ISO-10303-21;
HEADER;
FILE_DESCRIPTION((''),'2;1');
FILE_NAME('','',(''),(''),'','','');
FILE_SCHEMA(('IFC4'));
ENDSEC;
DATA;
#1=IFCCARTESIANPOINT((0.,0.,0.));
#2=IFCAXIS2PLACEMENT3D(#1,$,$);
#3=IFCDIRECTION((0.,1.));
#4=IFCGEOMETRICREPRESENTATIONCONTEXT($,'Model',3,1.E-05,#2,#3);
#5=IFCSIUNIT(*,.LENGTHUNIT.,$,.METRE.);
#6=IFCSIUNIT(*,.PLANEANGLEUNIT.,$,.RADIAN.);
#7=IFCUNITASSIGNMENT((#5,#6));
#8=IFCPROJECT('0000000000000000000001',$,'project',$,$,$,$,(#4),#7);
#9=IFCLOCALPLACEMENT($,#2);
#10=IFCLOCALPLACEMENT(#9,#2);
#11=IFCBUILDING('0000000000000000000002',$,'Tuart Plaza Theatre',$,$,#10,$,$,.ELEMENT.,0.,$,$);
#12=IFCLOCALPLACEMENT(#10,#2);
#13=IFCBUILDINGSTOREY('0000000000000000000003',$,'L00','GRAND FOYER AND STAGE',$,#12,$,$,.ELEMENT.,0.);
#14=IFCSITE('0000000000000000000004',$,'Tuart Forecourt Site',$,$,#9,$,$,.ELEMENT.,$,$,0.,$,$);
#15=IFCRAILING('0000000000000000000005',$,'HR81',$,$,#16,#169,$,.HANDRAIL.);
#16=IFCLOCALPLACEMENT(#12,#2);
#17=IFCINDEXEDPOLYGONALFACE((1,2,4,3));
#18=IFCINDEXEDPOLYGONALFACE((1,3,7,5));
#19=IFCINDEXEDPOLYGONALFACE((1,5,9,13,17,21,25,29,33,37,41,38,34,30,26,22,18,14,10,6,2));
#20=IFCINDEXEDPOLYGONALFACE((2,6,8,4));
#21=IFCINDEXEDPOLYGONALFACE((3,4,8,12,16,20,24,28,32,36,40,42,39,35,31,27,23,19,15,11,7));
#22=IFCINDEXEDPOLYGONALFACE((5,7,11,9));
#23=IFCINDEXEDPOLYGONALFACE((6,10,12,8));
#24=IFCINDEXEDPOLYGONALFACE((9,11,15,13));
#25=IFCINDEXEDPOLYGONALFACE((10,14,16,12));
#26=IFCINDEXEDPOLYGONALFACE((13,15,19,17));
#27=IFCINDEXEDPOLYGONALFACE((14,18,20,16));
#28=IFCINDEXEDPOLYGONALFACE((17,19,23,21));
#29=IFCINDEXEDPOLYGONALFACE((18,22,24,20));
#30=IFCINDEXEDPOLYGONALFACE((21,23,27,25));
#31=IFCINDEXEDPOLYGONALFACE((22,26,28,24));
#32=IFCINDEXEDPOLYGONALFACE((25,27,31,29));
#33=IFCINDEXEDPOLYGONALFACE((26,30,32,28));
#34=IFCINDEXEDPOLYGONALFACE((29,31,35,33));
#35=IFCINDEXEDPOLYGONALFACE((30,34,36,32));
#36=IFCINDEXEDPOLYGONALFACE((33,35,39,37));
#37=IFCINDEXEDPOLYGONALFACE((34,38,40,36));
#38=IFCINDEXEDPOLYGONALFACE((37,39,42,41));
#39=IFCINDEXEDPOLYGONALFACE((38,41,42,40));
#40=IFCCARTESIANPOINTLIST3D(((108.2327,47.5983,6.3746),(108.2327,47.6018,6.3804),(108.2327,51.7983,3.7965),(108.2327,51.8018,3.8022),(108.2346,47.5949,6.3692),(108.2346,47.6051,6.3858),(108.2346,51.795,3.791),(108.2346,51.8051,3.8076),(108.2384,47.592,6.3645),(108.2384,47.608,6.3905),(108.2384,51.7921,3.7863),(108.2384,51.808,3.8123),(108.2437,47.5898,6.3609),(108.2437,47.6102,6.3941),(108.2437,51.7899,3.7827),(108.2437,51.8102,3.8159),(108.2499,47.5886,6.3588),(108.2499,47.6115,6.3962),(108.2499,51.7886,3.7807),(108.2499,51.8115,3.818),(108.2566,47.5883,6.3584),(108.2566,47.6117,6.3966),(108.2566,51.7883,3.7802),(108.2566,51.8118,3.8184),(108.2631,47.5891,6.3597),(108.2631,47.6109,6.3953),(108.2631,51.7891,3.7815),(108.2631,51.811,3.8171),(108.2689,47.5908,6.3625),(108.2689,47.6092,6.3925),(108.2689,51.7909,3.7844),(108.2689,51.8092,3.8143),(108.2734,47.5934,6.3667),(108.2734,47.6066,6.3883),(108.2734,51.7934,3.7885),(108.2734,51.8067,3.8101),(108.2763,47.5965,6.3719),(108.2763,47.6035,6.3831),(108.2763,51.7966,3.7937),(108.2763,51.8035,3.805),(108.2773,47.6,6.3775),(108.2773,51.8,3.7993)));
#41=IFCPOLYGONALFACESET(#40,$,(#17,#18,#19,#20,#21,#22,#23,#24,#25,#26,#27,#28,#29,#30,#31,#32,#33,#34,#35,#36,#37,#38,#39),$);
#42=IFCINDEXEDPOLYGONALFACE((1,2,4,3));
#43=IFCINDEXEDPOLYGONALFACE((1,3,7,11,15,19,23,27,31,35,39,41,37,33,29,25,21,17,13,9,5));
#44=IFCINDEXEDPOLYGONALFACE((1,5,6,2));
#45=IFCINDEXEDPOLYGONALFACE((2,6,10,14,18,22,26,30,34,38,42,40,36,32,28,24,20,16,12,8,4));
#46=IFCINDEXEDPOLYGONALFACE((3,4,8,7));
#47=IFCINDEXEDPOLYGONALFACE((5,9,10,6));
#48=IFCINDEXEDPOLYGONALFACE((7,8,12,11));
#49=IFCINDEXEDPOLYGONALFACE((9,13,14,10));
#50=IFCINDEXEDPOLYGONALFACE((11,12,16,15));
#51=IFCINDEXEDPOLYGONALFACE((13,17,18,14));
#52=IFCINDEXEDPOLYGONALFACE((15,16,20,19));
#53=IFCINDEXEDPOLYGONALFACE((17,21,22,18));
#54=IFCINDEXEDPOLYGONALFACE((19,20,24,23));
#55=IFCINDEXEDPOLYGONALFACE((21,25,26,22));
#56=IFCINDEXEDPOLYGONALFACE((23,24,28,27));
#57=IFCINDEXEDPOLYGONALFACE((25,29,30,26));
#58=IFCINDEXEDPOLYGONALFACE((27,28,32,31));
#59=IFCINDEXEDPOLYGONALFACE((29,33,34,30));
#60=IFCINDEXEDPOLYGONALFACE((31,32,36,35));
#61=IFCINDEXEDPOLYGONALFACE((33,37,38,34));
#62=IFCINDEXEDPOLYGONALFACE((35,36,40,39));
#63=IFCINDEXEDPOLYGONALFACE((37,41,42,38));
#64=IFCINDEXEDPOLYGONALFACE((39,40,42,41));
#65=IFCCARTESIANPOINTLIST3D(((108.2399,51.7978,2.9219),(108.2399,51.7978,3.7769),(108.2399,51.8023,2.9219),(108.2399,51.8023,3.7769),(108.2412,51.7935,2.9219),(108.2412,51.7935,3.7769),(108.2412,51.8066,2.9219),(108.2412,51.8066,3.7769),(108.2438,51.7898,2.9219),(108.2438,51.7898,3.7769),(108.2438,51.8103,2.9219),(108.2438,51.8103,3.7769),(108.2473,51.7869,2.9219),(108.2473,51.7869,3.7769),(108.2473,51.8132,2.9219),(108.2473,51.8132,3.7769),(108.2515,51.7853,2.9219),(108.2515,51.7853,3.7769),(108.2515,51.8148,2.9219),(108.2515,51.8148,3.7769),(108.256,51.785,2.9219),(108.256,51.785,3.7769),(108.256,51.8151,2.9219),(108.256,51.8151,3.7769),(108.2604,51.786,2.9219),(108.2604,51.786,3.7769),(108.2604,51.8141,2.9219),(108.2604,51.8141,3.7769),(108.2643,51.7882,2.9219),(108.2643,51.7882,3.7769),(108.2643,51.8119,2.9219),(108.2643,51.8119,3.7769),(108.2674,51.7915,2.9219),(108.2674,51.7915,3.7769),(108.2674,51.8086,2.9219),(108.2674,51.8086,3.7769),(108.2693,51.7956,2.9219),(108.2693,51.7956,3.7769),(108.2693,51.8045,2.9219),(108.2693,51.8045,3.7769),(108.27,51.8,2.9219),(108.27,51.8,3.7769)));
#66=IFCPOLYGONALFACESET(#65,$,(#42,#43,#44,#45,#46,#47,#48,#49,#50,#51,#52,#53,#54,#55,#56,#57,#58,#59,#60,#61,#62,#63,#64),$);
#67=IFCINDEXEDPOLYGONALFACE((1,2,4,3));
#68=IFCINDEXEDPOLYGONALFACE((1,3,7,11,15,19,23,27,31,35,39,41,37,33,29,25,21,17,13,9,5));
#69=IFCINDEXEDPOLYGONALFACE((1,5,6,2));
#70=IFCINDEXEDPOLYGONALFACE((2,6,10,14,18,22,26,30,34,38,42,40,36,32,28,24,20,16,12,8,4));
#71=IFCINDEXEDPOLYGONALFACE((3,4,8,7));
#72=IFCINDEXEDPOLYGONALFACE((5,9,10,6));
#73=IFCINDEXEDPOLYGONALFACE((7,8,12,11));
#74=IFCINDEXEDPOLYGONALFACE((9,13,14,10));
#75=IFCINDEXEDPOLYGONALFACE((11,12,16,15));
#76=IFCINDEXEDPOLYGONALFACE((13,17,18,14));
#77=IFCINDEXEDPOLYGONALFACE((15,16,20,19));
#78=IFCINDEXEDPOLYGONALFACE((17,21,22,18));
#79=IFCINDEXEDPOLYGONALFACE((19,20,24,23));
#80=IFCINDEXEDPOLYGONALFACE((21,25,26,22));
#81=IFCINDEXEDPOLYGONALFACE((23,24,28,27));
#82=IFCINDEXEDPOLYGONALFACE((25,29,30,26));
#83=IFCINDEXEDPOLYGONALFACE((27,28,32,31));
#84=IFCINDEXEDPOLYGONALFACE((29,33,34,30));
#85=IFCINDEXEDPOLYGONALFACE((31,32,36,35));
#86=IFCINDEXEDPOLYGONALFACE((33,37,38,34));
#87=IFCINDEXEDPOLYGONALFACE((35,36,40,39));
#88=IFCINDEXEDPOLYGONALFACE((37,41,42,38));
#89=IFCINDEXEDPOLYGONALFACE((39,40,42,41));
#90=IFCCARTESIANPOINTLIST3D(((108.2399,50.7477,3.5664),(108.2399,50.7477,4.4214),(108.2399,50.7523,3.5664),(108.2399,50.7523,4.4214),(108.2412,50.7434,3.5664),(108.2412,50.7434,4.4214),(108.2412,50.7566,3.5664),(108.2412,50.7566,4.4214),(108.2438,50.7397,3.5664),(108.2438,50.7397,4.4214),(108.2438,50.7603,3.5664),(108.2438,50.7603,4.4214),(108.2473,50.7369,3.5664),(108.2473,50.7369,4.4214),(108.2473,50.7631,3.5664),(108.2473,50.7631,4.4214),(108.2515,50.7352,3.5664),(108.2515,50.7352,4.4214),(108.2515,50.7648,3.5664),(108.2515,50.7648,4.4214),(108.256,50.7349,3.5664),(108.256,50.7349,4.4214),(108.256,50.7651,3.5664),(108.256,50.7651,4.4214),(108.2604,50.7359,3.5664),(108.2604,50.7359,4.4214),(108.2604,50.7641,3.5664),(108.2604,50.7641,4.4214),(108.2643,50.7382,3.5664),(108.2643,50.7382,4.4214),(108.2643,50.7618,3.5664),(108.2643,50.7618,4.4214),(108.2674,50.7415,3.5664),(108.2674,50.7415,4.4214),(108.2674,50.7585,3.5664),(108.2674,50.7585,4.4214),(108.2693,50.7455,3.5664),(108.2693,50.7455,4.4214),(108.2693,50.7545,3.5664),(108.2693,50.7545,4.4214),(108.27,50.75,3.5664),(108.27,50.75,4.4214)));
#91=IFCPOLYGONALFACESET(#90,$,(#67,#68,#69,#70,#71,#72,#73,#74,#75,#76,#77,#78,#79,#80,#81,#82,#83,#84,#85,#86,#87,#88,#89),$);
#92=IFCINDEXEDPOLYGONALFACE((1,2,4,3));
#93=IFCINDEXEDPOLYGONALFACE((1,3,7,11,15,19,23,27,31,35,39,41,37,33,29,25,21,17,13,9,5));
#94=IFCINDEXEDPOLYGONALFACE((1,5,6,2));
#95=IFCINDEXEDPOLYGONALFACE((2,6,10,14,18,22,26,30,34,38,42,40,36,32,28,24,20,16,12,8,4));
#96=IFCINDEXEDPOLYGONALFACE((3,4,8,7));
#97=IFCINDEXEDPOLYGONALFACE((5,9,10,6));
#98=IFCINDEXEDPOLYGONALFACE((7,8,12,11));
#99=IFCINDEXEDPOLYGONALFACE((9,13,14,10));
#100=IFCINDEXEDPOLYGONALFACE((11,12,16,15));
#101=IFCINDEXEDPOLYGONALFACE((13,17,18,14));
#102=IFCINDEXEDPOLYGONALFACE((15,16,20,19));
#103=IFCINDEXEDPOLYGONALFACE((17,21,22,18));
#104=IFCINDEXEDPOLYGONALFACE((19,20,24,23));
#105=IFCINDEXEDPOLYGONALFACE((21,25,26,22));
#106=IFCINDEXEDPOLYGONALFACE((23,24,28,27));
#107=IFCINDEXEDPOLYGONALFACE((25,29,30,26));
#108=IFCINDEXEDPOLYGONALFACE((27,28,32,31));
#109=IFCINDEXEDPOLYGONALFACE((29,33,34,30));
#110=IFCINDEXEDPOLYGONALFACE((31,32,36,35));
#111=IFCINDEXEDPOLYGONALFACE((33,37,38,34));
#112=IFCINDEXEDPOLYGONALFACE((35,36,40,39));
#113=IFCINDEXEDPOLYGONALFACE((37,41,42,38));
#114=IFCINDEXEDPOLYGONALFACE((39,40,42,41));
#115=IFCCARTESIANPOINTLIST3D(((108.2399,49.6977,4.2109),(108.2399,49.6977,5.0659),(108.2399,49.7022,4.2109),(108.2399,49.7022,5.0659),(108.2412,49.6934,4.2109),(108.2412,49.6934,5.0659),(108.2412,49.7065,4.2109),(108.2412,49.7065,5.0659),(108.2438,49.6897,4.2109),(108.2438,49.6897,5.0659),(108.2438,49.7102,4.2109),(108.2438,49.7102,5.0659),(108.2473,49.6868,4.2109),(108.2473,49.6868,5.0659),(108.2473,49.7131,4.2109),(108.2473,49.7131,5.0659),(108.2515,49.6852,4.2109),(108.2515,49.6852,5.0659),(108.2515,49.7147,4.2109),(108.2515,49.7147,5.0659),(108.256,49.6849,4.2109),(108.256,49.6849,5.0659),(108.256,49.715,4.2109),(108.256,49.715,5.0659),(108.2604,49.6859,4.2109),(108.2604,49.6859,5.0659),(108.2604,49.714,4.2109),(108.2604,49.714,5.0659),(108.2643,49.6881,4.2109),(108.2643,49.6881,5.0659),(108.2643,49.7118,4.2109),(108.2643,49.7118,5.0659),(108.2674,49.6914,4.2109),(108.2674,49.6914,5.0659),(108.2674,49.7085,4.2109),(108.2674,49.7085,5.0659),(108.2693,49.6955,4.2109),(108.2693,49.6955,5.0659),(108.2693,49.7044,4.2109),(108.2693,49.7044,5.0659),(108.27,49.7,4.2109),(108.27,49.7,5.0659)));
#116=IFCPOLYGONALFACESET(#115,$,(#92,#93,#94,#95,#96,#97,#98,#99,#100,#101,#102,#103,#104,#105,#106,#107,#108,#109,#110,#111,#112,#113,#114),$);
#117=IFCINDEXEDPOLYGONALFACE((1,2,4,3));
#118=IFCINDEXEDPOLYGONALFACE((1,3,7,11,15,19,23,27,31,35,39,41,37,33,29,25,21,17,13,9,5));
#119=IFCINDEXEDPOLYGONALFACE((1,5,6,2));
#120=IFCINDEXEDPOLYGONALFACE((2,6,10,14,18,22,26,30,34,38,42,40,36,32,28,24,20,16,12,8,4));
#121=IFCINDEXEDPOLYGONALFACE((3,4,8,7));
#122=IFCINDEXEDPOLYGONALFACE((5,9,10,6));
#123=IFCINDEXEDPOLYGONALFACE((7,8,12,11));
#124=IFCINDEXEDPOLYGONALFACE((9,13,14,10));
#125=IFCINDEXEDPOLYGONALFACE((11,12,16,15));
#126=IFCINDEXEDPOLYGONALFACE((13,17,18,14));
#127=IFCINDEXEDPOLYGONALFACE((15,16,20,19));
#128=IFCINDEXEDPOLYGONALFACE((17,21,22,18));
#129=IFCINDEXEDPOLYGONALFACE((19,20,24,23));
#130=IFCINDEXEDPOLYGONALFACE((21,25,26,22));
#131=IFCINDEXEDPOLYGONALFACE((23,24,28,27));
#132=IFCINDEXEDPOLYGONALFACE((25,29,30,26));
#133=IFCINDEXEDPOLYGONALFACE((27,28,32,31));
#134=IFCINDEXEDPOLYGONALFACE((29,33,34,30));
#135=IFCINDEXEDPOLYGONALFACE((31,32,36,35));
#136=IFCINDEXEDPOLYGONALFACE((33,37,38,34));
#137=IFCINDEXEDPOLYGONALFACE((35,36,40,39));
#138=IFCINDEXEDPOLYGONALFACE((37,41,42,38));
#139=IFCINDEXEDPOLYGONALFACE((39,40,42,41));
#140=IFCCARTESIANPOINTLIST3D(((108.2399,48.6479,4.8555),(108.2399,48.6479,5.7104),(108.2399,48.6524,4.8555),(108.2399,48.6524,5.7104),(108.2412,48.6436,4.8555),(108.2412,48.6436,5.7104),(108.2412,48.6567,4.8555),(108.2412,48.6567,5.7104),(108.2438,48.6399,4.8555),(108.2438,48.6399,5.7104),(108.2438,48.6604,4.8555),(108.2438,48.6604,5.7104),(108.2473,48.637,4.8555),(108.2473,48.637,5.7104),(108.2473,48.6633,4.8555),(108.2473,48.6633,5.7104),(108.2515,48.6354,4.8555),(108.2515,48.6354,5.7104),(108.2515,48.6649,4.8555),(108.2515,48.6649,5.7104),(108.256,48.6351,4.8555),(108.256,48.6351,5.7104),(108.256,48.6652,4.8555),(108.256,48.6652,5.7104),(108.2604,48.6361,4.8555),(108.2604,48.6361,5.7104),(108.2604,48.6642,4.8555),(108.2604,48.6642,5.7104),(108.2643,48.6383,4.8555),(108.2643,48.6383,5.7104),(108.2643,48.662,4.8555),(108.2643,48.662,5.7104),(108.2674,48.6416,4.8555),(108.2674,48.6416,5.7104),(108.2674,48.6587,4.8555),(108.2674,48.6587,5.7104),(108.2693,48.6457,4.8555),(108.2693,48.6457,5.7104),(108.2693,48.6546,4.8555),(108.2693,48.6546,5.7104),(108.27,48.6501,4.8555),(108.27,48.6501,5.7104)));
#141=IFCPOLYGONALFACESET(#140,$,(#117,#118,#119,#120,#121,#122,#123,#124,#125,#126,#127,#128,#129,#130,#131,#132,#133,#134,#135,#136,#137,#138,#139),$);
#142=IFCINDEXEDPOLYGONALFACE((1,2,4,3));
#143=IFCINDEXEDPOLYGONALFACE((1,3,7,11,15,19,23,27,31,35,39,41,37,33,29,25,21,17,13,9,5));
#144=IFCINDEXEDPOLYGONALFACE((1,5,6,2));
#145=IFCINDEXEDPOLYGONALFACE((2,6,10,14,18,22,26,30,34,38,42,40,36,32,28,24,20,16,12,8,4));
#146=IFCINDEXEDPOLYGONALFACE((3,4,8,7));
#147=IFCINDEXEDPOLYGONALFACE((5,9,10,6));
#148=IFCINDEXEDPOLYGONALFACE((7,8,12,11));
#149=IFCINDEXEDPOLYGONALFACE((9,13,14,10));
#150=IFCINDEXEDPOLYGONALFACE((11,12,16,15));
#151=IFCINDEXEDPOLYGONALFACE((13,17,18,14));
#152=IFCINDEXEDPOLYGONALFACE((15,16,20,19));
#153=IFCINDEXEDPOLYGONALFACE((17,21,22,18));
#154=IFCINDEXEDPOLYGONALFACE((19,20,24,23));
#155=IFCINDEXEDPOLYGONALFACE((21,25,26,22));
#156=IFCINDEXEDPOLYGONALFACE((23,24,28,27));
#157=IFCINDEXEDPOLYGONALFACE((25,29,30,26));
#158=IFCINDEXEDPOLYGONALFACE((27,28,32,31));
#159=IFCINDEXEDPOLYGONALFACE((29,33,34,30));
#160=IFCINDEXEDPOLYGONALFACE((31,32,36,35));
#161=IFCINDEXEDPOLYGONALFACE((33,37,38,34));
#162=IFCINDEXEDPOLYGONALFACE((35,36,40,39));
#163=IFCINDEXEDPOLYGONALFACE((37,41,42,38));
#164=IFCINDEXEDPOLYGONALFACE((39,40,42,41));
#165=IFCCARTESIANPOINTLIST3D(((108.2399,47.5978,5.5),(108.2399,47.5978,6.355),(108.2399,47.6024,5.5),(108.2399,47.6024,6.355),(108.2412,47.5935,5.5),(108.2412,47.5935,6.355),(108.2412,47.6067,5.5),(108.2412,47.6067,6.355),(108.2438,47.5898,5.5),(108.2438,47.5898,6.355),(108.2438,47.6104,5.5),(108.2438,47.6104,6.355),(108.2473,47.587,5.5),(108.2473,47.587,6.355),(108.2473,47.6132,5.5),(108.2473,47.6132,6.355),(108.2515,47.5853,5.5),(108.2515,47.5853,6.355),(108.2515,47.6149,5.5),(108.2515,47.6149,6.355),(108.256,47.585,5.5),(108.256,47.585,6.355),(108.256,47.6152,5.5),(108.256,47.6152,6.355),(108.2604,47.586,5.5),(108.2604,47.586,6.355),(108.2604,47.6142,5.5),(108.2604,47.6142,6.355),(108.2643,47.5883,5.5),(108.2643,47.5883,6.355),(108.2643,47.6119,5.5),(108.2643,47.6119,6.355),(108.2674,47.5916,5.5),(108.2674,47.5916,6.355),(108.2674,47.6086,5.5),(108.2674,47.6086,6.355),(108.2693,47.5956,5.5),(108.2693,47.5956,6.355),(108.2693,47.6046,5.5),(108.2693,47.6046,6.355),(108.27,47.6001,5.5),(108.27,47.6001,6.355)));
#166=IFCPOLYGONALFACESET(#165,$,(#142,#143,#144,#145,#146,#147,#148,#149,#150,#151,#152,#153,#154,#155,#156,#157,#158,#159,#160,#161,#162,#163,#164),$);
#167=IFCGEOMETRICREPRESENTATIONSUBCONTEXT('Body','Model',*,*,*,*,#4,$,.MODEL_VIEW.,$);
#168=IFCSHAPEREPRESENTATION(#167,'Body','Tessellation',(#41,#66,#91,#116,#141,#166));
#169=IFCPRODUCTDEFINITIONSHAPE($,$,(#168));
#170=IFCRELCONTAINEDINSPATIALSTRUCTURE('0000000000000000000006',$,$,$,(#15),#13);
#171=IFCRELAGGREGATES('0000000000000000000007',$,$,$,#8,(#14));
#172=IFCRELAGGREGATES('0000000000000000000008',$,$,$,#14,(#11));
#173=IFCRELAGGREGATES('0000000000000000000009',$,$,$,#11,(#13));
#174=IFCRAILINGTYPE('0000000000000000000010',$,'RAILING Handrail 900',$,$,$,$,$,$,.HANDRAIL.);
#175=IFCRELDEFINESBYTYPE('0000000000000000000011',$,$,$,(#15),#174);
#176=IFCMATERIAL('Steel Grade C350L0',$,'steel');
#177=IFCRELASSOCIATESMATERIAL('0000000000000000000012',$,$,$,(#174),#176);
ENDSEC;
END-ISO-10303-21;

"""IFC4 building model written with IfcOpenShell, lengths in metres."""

from ifc_helpers import new_model, si_unit, direction, frame, origin, origin_2d, place, context, subcontext, project, spatial, circle, extrude, material, type_object, element, save


model = new_model("IFC4")

# Units and contexts
model_context = context("Model", 3, precision=1e-05, world=origin(), true_north=direction((0.0, 1.0)))
body_context = subcontext(model_context, "Body", "Model", "MODEL_VIEW")
ifc_project = project(units=[si_unit("LENGTHUNIT", "METRE"), si_unit("PLANEANGLEUNIT", "RADIAN")], contexts=[model_context])

# Site, building, storey
site_placement = place(None, origin())
site = spatial("IfcSite", under=ifc_project, at=site_placement, Name="Tuart Forecourt Site", CompositionType="ELEMENT", RefElevation=0.0)
building_placement = place(site_placement, origin())
building = spatial("IfcBuilding", under=site, at=building_placement, Name="Tuart Plaza Theatre", CompositionType="ELEMENT", ElevationOfRefHeight=0.0)
storey_placement = place(building_placement, origin())
storey = spatial("IfcBuildingStorey", under=building, at=storey_placement, Name="L00", Description="GRAND FOYER AND STAGE", CompositionType="ELEMENT", Elevation=0.0)

# Railing
ifc_material_1 = material(Name="Steel Grade C350L0", Category="steel")
railing_type_1 = type_object("IfcRailingType", Name="RAILING Handrail 900", PredefinedType="HANDRAIL", material=ifc_material_1)
for number, where, name in (
    (1, (108.2549, 51.8, 2.9219), "HR81"),
):
    element("IfcRailing", number, at=place(storey_placement, frame(where)), inside=storey, type_object=railing_type_1, Name=name, PredefinedType="HANDRAIL", context=body_context, shape_type="SweptSolid", body=[
        extrude(circle(Radius=0.0225, at=origin_2d()), frame((0.0, 0.0, 0.8774), z_axis=(0.0, -0.852243, 0.523146), x_axis=(1.0, 0.0, 0.0)), (0.0, 0.0, 1.0), 4.9282),
        extrude(circle(Radius=0.0151, at=origin_2d()), origin(), (0.0, 0.0, 1.0), 0.855),
        extrude(circle(Radius=0.0151, at=origin_2d()), frame((0.0, -1.05, 0.6445)), (0.0, 0.0, 1.0), 0.855),
        extrude(circle(Radius=0.0151, at=origin_2d()), frame((0.0, -2.1001, 1.2891)), (0.0, 0.0, 1.0), 0.855),
        extrude(circle(Radius=0.0151, at=origin_2d()), frame((0.0, -3.1499, 1.9336)), (0.0, 0.0, 1.0), 0.855),
        extrude(circle(Radius=0.0151, at=origin_2d()), frame((0.0, -4.2, 2.5781)), (0.0, 0.0, 1.0), 0.855),
    ])

save(model, "model.ifc")
